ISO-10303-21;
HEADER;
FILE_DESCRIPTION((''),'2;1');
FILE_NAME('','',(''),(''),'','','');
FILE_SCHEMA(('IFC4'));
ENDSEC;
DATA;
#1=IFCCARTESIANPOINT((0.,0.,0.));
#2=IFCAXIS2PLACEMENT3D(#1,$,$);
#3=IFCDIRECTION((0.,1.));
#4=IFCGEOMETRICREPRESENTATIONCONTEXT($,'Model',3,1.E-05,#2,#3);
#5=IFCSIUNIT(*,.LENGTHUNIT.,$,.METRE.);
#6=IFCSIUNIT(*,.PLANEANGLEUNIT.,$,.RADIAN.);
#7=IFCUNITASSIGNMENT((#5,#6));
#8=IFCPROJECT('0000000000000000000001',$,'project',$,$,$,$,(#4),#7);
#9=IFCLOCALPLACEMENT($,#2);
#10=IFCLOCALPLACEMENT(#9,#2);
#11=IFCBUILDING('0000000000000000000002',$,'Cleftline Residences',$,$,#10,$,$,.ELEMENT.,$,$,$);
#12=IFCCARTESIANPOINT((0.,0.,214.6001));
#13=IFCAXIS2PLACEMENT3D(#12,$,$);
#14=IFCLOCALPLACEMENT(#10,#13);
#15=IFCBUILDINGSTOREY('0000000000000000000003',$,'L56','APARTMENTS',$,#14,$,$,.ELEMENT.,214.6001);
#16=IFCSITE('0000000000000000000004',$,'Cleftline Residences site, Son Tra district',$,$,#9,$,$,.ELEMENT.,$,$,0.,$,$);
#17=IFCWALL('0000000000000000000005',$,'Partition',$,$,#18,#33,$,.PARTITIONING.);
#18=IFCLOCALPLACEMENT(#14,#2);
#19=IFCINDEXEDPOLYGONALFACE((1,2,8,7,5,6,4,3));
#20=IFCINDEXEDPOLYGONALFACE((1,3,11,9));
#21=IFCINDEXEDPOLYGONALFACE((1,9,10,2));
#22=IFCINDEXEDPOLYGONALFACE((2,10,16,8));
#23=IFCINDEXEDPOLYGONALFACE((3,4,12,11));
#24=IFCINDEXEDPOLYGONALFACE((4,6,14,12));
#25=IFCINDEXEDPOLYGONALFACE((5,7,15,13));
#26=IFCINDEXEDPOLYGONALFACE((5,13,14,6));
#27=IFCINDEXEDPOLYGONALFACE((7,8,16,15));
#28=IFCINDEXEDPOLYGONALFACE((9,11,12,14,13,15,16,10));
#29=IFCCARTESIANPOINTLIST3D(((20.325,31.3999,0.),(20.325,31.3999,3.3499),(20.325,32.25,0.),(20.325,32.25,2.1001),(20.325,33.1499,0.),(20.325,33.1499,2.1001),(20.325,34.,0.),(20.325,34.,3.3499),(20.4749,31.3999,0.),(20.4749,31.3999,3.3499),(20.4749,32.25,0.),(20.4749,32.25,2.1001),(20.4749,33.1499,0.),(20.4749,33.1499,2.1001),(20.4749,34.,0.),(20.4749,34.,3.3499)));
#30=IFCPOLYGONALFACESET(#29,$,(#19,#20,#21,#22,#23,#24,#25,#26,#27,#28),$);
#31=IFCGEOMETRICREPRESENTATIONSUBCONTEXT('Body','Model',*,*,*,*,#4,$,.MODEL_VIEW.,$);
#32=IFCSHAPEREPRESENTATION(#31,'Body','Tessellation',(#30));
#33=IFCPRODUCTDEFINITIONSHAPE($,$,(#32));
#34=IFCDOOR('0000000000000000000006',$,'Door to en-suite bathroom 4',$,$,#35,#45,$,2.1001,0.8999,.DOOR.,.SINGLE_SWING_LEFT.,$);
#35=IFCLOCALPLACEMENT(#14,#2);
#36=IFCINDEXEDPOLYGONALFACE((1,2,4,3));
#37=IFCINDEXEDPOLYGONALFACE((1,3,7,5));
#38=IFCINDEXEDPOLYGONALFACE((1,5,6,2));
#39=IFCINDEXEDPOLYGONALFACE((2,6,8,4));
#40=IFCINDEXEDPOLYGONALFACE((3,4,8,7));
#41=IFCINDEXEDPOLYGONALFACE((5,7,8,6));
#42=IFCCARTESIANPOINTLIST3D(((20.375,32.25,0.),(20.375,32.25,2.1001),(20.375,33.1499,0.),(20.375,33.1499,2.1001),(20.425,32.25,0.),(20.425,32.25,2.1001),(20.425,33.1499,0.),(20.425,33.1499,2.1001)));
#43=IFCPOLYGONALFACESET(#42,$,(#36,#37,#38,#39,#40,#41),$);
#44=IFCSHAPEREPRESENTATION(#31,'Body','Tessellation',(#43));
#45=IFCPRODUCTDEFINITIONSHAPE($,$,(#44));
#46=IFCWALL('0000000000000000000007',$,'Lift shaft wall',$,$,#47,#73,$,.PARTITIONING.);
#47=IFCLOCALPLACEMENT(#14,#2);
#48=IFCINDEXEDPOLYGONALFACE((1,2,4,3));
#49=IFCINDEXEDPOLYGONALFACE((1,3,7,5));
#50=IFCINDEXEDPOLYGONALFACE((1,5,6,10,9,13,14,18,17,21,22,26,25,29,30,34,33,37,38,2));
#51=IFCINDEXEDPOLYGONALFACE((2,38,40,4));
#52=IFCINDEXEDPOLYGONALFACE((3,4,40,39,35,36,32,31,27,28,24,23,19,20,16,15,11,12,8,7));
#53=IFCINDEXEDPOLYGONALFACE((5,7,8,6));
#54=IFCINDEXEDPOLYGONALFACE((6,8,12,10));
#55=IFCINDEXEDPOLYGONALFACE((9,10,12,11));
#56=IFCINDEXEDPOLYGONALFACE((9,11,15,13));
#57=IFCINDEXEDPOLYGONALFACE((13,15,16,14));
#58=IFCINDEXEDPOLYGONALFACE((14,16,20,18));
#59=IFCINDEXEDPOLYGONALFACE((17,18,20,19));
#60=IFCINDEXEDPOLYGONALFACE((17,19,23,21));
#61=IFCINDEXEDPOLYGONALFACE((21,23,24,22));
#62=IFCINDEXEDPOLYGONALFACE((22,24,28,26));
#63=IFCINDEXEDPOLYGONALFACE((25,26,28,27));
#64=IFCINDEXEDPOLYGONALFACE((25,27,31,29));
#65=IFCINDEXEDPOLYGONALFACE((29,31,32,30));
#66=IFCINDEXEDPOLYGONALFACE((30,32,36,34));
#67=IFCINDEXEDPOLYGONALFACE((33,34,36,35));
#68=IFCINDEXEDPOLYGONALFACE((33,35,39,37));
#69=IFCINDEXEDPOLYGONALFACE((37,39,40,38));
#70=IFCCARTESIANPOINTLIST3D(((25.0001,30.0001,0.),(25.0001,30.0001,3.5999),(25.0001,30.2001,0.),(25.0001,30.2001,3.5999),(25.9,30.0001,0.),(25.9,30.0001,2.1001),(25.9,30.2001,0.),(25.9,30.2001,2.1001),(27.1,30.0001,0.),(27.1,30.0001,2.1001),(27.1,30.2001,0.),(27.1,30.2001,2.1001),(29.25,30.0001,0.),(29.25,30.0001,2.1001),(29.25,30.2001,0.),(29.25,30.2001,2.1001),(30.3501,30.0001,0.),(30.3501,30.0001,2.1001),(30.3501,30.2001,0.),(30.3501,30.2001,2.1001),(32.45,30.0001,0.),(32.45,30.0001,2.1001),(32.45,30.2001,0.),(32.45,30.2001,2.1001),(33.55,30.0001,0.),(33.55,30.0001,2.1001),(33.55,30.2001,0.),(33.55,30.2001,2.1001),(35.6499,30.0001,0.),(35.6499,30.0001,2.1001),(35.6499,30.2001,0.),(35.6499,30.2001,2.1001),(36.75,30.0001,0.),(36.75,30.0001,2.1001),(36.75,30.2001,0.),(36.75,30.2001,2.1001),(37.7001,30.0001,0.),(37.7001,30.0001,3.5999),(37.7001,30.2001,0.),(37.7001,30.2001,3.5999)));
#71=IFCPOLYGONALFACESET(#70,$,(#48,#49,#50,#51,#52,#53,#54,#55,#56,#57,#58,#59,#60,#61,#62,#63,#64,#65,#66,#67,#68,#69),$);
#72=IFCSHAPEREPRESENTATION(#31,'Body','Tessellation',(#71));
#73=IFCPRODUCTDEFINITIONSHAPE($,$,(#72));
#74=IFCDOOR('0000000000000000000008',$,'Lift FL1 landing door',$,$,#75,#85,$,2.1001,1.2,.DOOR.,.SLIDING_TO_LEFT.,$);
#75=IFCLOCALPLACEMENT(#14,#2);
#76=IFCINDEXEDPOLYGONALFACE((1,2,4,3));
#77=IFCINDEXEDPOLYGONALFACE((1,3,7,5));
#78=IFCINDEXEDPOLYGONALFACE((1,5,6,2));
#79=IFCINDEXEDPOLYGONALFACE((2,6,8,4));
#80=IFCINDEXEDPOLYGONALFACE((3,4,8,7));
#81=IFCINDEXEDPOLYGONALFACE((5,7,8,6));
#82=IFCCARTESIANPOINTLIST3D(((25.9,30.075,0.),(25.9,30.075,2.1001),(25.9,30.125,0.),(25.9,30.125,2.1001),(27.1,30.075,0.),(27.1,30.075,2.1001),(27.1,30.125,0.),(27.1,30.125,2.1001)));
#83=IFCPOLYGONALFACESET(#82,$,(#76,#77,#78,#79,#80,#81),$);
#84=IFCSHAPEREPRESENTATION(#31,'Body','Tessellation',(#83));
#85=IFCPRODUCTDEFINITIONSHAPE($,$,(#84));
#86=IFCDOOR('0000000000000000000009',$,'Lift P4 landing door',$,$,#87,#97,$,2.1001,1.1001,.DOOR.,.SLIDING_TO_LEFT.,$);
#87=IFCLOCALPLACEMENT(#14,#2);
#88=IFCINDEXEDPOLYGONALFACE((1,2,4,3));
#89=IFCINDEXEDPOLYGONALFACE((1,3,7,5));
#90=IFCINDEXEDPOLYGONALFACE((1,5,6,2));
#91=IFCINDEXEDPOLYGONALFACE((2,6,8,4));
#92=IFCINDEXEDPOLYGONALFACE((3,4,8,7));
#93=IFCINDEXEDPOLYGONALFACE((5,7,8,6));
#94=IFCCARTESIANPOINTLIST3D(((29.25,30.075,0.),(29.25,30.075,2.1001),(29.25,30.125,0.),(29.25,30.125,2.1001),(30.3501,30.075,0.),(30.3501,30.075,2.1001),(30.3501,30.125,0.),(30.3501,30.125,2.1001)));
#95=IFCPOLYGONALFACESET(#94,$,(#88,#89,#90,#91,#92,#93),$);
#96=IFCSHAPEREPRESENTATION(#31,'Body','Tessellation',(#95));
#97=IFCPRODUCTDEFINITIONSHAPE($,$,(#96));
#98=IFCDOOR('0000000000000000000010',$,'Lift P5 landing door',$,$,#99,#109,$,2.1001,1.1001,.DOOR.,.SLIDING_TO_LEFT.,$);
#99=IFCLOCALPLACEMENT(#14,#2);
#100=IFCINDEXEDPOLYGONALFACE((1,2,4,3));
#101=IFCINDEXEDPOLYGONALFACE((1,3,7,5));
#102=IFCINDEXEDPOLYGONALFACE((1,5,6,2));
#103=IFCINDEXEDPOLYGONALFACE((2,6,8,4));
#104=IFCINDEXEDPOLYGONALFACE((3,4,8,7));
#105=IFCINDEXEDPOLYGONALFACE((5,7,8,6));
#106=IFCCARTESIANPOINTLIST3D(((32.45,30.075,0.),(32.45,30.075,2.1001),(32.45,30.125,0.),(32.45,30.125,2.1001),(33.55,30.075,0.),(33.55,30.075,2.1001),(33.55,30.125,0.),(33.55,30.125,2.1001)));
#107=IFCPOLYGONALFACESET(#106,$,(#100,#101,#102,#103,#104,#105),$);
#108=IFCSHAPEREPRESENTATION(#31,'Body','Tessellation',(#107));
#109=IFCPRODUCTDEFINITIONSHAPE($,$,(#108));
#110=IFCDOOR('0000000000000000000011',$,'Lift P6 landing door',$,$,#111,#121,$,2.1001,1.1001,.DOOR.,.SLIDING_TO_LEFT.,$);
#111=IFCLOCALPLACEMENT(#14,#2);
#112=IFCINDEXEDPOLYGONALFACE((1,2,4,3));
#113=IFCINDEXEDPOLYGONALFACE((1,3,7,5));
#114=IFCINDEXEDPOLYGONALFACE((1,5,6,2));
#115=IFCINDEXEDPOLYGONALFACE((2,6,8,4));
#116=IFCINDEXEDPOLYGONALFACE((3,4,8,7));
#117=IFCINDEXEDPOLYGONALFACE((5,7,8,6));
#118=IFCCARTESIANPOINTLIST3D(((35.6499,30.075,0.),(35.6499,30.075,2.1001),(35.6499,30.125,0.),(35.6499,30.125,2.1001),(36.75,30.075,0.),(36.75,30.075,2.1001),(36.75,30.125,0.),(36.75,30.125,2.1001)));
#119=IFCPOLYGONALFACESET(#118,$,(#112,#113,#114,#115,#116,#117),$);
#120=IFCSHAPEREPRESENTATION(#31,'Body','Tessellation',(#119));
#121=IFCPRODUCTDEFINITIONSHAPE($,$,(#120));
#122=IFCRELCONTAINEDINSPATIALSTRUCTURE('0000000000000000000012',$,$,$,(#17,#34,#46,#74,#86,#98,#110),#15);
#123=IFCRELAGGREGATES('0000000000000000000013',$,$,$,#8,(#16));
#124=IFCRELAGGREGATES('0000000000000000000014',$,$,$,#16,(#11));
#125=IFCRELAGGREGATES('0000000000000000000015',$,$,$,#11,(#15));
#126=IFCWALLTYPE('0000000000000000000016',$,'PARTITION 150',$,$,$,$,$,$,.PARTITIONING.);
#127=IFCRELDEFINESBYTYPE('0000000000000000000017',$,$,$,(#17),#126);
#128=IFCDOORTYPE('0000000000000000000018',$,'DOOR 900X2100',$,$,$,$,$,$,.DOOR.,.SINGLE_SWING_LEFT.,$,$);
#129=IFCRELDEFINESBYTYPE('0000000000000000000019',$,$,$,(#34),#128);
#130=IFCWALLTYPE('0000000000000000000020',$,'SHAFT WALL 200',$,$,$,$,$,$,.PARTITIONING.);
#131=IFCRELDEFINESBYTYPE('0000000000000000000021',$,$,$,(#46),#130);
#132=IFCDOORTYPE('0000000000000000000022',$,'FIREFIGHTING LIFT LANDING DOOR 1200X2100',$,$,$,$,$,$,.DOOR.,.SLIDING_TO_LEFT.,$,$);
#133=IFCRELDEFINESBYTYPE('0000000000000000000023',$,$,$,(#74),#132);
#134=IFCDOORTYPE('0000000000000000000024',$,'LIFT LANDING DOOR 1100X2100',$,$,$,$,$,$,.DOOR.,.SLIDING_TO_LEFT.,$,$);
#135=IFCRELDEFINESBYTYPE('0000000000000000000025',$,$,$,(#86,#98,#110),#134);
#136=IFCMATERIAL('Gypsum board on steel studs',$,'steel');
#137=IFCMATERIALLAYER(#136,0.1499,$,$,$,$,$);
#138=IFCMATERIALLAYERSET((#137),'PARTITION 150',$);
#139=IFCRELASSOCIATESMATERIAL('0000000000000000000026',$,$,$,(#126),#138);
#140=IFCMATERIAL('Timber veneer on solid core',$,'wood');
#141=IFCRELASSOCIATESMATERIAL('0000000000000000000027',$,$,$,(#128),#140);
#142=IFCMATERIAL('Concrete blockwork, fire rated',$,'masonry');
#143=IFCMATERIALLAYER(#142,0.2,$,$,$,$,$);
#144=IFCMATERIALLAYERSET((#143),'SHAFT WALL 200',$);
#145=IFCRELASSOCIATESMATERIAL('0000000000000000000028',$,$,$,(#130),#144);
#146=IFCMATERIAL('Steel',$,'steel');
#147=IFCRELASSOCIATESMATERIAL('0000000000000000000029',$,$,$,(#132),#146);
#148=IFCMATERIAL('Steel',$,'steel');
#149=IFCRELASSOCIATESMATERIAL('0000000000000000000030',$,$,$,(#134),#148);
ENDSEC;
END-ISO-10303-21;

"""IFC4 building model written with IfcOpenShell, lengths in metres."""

from ifc_helpers import new_model, si_unit, direction, frame, frame_2d, origin, place, context, subcontext, project, spatial, rectangle, extrude, material, layer, layer_set, type_object, element, fill, save


model = new_model("IFC4")

# Units and contexts
model_context = context("Model", 3, precision=1e-05, world=origin(), true_north=direction((0.0, 1.0)))
body_context = subcontext(model_context, "Body", "Model", "MODEL_VIEW")
ifc_project = project(units=[si_unit("LENGTHUNIT", "METRE"), si_unit("PLANEANGLEUNIT", "RADIAN")], contexts=[model_context])

# Site, building, storey
site_placement = place(None, origin())
site = spatial("IfcSite", under=ifc_project, at=site_placement, Name="Cleftline Residences site, Son Tra district", CompositionType="ELEMENT", RefElevation=0.0)
building_placement = place(site_placement, origin())
building = spatial("IfcBuilding", under=site, at=building_placement, Name="Cleftline Residences", CompositionType="ELEMENT")
storey_placement = place(building_placement, frame((0.0, 0.0, 214.6001)))
storey = spatial("IfcBuildingStorey", under=building, at=storey_placement, Name="L56", Description="APARTMENTS", CompositionType="ELEMENT", Elevation=214.6001)

# Shared definitions
ifc_material_1 = material(Name="Gypsum board on steel studs", Category="steel")
ifc_layer_1 = layer(ifc_material_1, 0.1499)
ifc_layer_set_1 = layer_set([ifc_layer_1], Name="PARTITION 150")
wall_type_1 = type_object("IfcWallType", Name="PARTITION 150", PredefinedType="PARTITIONING", material=ifc_layer_set_1)

# Wall, opening, door
wall_1_placement = place(storey_placement, frame((20.3999, 31.3999, 0.0), z_axis=(0.0, 0.0, 1.0), x_axis=(0.0, 1.0, 0.0)))
wall_1 = element("IfcWall", 1, at=wall_1_placement, inside=storey, type_object=wall_type_1, Name="Partition", PredefinedType="PARTITIONING", context=body_context, shape_type="SweptSolid", body=[
    extrude(rectangle(XDim=2.6001, YDim=0.1499, at=frame_2d((1.3, 0.0))), origin(), (0.0, 0.0, 1.0), 3.3499),
])
opening_1_placement = place(wall_1_placement, frame((0.8501, 0.0, 0.0)))
opening_1 = element("IfcOpeningElement", 2, at=opening_1_placement, cuts=wall_1, PredefinedType="OPENING", context=body_context, shape_type="SweptSolid", body=[
    extrude(rectangle(XDim=0.8999, YDim=2.1001, at=frame_2d((0.45, 1.05))), frame((0.0, 0.085, 0.0), z_axis=(0.0, -1.0, 0.0), x_axis=(1.0, 0.0, 0.0)), (0.0, 0.0, 1.0), 0.1699),
])
ifc_material_2 = material(Name="Timber veneer on solid core", Category="wood")
door_type_1 = type_object("IfcDoorType", Name="DOOR 900X2100", OperationType="SINGLE_SWING_LEFT", PredefinedType="DOOR", material=ifc_material_2)
door_1_placement = place(opening_1_placement, origin())
door_1 = element("IfcDoor", 3, at=door_1_placement, inside=storey, type_object=door_type_1, Name="Door to en-suite bathroom 4", OperationType="SINGLE_SWING_LEFT", OverallHeight=2.1001, OverallWidth=0.8999, PredefinedType="DOOR", context=body_context, shape_type="SweptSolid", body=[
    extrude(rectangle(XDim=0.8999, YDim=2.1001, at=frame_2d((0.45, 1.05))), frame((0.0, 0.0249, 0.0), z_axis=(0.0, -1.0, 0.0), x_axis=(1.0, 0.0, 0.0)), (0.0, 0.0, 1.0), 0.05),
])
fill(opening_1, door_1)

# Wall, openings, doors
ifc_material_3 = material(Name="Concrete blockwork, fire rated", Category="masonry")
ifc_layer_2 = layer(ifc_material_3, 0.2)
ifc_layer_set_2 = layer_set([ifc_layer_2], Name="SHAFT WALL 200")
wall_type_2 = type_object("IfcWallType", Name="SHAFT WALL 200", PredefinedType="PARTITIONING", material=ifc_layer_set_2)
wall_2_placement = place(storey_placement, frame((25.0, 30.1001, 0.0), z_axis=(0.0, 0.0, 1.0), x_axis=(1.0, 0.0, 0.0)))
wall_2 = element("IfcWall", 4, at=wall_2_placement, inside=storey, type_object=wall_type_2, Name="Lift shaft wall", PredefinedType="PARTITIONING", context=body_context, shape_type="SweptSolid", body=[
    extrude(rectangle(XDim=12.7, YDim=0.2, at=frame_2d((6.3501, 0.0))), origin(), (0.0, 0.0, 1.0), 3.5999),
])
opening_2_placement = place(wall_2_placement, frame((4.25, 0.0, 0.0)))
opening_2 = element("IfcOpeningElement", 5, at=opening_2_placement, cuts=wall_2, PredefinedType="OPENING", context=body_context, shape_type="SweptSolid", body=[
    extrude(rectangle(XDim=1.1001, YDim=2.1001, at=frame_2d((0.55, 1.05))), frame((0.0, 0.1099, 0.0), z_axis=(0.0, -1.0, 0.0), x_axis=(1.0, 0.0, 0.0)), (0.0, 0.0, 1.0), 0.22),
])
opening_3_placement = place(wall_2_placement, frame((7.45, 0.0, 0.0)))
opening_3 = element("IfcOpeningElement", 6, at=opening_3_placement, cuts=wall_2, PredefinedType="OPENING", context=body_context, shape_type="SweptSolid", body=[
    extrude(rectangle(XDim=1.1001, YDim=2.1001, at=frame_2d((0.55, 1.05))), frame((0.0, 0.1099, 0.0), z_axis=(0.0, -1.0, 0.0), x_axis=(1.0, 0.0, 0.0)), (0.0, 0.0, 1.0), 0.22),
])
opening_4_placement = place(wall_2_placement, frame((10.6499, 0.0, 0.0)))
opening_4 = element("IfcOpeningElement", 7, at=opening_4_placement, cuts=wall_2, PredefinedType="OPENING", context=body_context, shape_type="SweptSolid", body=[
    extrude(rectangle(XDim=1.1001, YDim=2.1001, at=frame_2d((0.55, 1.05))), frame((0.0, 0.1099, 0.0), z_axis=(0.0, -1.0, 0.0), x_axis=(1.0, 0.0, 0.0)), (0.0, 0.0, 1.0), 0.22),
])
opening_5_placement = place(wall_2_placement, frame((0.8999, 0.0, 0.0)))
opening_5 = element("IfcOpeningElement", 8, at=opening_5_placement, cuts=wall_2, PredefinedType="OPENING", context=body_context, shape_type="SweptSolid", body=[
    extrude(rectangle(XDim=1.2, YDim=2.1001, at=frame_2d((0.6001, 1.05))), frame((0.0, 0.1099, 0.0), z_axis=(0.0, -1.0, 0.0), x_axis=(1.0, 0.0, 0.0)), (0.0, 0.0, 1.0), 0.22),
])
ifc_material_4 = material(Name="Steel", Category="steel")
door_type_2 = type_object("IfcDoorType", Name="FIREFIGHTING LIFT LANDING DOOR 1200X2100", OperationType="SLIDING_TO_LEFT", PredefinedType="DOOR", material=ifc_material_4)
door_2_placement = place(opening_5_placement, origin())
door_2 = element("IfcDoor", 9, at=door_2_placement, inside=storey, type_object=door_type_2, Name="Lift FL1 landing door", OperationType="SLIDING_TO_LEFT", OverallHeight=2.1001, OverallWidth=1.2, PredefinedType="DOOR", context=body_context, shape_type="SweptSolid", body=[
    extrude(rectangle(XDim=1.2, YDim=2.1001, at=frame_2d((0.6001, 1.05))), frame((0.0, 0.0249, 0.0), z_axis=(0.0, -1.0, 0.0), x_axis=(1.0, 0.0, 0.0)), (0.0, 0.0, 1.0), 0.05),
])
fill(opening_5, door_2)
ifc_material_5 = material(Name="Steel", Category="steel")
door_type_3 = type_object("IfcDoorType", Name="LIFT LANDING DOOR 1100X2100", OperationType="SLIDING_TO_LEFT", PredefinedType="DOOR", material=ifc_material_5)
door_3_placement = place(opening_2_placement, origin())
door_3 = element("IfcDoor", 10, at=door_3_placement, inside=storey, type_object=door_type_3, Name="Lift P4 landing door", OperationType="SLIDING_TO_LEFT", OverallHeight=2.1001, OverallWidth=1.1001, PredefinedType="DOOR", context=body_context, shape_type="SweptSolid", body=[
    extrude(rectangle(XDim=1.1001, YDim=2.1001, at=frame_2d((0.55, 1.05))), frame((0.0, 0.0249, 0.0), z_axis=(0.0, -1.0, 0.0), x_axis=(1.0, 0.0, 0.0)), (0.0, 0.0, 1.0), 0.05),
])
fill(opening_2, door_3)
door_4_placement = place(opening_3_placement, origin())
door_4 = element("IfcDoor", 11, at=door_4_placement, inside=storey, type_object=door_type_3, Name="Lift P5 landing door", OperationType="SLIDING_TO_LEFT", OverallHeight=2.1001, OverallWidth=1.1001, PredefinedType="DOOR", context=body_context, shape_type="SweptSolid", body=[
    extrude(rectangle(XDim=1.1001, YDim=2.1001, at=frame_2d((0.55, 1.05))), frame((0.0, 0.0249, 0.0), z_axis=(0.0, -1.0, 0.0), x_axis=(1.0, 0.0, 0.0)), (0.0, 0.0, 1.0), 0.05),
])
fill(opening_3, door_4)
door_5_placement = place(opening_4_placement, origin())
door_5 = element("IfcDoor", 12, at=door_5_placement, inside=storey, type_object=door_type_3, Name="Lift P6 landing door", OperationType="SLIDING_TO_LEFT", OverallHeight=2.1001, OverallWidth=1.1001, PredefinedType="DOOR", context=body_context, shape_type="SweptSolid", body=[
    extrude(rectangle(XDim=1.1001, YDim=2.1001, at=frame_2d((0.55, 1.05))), frame((0.0, 0.0249, 0.0), z_axis=(0.0, -1.0, 0.0), x_axis=(1.0, 0.0, 0.0)), (0.0, 0.0, 1.0), 0.05),
])
fill(opening_4, door_5)

save(model, "model.ifc")
